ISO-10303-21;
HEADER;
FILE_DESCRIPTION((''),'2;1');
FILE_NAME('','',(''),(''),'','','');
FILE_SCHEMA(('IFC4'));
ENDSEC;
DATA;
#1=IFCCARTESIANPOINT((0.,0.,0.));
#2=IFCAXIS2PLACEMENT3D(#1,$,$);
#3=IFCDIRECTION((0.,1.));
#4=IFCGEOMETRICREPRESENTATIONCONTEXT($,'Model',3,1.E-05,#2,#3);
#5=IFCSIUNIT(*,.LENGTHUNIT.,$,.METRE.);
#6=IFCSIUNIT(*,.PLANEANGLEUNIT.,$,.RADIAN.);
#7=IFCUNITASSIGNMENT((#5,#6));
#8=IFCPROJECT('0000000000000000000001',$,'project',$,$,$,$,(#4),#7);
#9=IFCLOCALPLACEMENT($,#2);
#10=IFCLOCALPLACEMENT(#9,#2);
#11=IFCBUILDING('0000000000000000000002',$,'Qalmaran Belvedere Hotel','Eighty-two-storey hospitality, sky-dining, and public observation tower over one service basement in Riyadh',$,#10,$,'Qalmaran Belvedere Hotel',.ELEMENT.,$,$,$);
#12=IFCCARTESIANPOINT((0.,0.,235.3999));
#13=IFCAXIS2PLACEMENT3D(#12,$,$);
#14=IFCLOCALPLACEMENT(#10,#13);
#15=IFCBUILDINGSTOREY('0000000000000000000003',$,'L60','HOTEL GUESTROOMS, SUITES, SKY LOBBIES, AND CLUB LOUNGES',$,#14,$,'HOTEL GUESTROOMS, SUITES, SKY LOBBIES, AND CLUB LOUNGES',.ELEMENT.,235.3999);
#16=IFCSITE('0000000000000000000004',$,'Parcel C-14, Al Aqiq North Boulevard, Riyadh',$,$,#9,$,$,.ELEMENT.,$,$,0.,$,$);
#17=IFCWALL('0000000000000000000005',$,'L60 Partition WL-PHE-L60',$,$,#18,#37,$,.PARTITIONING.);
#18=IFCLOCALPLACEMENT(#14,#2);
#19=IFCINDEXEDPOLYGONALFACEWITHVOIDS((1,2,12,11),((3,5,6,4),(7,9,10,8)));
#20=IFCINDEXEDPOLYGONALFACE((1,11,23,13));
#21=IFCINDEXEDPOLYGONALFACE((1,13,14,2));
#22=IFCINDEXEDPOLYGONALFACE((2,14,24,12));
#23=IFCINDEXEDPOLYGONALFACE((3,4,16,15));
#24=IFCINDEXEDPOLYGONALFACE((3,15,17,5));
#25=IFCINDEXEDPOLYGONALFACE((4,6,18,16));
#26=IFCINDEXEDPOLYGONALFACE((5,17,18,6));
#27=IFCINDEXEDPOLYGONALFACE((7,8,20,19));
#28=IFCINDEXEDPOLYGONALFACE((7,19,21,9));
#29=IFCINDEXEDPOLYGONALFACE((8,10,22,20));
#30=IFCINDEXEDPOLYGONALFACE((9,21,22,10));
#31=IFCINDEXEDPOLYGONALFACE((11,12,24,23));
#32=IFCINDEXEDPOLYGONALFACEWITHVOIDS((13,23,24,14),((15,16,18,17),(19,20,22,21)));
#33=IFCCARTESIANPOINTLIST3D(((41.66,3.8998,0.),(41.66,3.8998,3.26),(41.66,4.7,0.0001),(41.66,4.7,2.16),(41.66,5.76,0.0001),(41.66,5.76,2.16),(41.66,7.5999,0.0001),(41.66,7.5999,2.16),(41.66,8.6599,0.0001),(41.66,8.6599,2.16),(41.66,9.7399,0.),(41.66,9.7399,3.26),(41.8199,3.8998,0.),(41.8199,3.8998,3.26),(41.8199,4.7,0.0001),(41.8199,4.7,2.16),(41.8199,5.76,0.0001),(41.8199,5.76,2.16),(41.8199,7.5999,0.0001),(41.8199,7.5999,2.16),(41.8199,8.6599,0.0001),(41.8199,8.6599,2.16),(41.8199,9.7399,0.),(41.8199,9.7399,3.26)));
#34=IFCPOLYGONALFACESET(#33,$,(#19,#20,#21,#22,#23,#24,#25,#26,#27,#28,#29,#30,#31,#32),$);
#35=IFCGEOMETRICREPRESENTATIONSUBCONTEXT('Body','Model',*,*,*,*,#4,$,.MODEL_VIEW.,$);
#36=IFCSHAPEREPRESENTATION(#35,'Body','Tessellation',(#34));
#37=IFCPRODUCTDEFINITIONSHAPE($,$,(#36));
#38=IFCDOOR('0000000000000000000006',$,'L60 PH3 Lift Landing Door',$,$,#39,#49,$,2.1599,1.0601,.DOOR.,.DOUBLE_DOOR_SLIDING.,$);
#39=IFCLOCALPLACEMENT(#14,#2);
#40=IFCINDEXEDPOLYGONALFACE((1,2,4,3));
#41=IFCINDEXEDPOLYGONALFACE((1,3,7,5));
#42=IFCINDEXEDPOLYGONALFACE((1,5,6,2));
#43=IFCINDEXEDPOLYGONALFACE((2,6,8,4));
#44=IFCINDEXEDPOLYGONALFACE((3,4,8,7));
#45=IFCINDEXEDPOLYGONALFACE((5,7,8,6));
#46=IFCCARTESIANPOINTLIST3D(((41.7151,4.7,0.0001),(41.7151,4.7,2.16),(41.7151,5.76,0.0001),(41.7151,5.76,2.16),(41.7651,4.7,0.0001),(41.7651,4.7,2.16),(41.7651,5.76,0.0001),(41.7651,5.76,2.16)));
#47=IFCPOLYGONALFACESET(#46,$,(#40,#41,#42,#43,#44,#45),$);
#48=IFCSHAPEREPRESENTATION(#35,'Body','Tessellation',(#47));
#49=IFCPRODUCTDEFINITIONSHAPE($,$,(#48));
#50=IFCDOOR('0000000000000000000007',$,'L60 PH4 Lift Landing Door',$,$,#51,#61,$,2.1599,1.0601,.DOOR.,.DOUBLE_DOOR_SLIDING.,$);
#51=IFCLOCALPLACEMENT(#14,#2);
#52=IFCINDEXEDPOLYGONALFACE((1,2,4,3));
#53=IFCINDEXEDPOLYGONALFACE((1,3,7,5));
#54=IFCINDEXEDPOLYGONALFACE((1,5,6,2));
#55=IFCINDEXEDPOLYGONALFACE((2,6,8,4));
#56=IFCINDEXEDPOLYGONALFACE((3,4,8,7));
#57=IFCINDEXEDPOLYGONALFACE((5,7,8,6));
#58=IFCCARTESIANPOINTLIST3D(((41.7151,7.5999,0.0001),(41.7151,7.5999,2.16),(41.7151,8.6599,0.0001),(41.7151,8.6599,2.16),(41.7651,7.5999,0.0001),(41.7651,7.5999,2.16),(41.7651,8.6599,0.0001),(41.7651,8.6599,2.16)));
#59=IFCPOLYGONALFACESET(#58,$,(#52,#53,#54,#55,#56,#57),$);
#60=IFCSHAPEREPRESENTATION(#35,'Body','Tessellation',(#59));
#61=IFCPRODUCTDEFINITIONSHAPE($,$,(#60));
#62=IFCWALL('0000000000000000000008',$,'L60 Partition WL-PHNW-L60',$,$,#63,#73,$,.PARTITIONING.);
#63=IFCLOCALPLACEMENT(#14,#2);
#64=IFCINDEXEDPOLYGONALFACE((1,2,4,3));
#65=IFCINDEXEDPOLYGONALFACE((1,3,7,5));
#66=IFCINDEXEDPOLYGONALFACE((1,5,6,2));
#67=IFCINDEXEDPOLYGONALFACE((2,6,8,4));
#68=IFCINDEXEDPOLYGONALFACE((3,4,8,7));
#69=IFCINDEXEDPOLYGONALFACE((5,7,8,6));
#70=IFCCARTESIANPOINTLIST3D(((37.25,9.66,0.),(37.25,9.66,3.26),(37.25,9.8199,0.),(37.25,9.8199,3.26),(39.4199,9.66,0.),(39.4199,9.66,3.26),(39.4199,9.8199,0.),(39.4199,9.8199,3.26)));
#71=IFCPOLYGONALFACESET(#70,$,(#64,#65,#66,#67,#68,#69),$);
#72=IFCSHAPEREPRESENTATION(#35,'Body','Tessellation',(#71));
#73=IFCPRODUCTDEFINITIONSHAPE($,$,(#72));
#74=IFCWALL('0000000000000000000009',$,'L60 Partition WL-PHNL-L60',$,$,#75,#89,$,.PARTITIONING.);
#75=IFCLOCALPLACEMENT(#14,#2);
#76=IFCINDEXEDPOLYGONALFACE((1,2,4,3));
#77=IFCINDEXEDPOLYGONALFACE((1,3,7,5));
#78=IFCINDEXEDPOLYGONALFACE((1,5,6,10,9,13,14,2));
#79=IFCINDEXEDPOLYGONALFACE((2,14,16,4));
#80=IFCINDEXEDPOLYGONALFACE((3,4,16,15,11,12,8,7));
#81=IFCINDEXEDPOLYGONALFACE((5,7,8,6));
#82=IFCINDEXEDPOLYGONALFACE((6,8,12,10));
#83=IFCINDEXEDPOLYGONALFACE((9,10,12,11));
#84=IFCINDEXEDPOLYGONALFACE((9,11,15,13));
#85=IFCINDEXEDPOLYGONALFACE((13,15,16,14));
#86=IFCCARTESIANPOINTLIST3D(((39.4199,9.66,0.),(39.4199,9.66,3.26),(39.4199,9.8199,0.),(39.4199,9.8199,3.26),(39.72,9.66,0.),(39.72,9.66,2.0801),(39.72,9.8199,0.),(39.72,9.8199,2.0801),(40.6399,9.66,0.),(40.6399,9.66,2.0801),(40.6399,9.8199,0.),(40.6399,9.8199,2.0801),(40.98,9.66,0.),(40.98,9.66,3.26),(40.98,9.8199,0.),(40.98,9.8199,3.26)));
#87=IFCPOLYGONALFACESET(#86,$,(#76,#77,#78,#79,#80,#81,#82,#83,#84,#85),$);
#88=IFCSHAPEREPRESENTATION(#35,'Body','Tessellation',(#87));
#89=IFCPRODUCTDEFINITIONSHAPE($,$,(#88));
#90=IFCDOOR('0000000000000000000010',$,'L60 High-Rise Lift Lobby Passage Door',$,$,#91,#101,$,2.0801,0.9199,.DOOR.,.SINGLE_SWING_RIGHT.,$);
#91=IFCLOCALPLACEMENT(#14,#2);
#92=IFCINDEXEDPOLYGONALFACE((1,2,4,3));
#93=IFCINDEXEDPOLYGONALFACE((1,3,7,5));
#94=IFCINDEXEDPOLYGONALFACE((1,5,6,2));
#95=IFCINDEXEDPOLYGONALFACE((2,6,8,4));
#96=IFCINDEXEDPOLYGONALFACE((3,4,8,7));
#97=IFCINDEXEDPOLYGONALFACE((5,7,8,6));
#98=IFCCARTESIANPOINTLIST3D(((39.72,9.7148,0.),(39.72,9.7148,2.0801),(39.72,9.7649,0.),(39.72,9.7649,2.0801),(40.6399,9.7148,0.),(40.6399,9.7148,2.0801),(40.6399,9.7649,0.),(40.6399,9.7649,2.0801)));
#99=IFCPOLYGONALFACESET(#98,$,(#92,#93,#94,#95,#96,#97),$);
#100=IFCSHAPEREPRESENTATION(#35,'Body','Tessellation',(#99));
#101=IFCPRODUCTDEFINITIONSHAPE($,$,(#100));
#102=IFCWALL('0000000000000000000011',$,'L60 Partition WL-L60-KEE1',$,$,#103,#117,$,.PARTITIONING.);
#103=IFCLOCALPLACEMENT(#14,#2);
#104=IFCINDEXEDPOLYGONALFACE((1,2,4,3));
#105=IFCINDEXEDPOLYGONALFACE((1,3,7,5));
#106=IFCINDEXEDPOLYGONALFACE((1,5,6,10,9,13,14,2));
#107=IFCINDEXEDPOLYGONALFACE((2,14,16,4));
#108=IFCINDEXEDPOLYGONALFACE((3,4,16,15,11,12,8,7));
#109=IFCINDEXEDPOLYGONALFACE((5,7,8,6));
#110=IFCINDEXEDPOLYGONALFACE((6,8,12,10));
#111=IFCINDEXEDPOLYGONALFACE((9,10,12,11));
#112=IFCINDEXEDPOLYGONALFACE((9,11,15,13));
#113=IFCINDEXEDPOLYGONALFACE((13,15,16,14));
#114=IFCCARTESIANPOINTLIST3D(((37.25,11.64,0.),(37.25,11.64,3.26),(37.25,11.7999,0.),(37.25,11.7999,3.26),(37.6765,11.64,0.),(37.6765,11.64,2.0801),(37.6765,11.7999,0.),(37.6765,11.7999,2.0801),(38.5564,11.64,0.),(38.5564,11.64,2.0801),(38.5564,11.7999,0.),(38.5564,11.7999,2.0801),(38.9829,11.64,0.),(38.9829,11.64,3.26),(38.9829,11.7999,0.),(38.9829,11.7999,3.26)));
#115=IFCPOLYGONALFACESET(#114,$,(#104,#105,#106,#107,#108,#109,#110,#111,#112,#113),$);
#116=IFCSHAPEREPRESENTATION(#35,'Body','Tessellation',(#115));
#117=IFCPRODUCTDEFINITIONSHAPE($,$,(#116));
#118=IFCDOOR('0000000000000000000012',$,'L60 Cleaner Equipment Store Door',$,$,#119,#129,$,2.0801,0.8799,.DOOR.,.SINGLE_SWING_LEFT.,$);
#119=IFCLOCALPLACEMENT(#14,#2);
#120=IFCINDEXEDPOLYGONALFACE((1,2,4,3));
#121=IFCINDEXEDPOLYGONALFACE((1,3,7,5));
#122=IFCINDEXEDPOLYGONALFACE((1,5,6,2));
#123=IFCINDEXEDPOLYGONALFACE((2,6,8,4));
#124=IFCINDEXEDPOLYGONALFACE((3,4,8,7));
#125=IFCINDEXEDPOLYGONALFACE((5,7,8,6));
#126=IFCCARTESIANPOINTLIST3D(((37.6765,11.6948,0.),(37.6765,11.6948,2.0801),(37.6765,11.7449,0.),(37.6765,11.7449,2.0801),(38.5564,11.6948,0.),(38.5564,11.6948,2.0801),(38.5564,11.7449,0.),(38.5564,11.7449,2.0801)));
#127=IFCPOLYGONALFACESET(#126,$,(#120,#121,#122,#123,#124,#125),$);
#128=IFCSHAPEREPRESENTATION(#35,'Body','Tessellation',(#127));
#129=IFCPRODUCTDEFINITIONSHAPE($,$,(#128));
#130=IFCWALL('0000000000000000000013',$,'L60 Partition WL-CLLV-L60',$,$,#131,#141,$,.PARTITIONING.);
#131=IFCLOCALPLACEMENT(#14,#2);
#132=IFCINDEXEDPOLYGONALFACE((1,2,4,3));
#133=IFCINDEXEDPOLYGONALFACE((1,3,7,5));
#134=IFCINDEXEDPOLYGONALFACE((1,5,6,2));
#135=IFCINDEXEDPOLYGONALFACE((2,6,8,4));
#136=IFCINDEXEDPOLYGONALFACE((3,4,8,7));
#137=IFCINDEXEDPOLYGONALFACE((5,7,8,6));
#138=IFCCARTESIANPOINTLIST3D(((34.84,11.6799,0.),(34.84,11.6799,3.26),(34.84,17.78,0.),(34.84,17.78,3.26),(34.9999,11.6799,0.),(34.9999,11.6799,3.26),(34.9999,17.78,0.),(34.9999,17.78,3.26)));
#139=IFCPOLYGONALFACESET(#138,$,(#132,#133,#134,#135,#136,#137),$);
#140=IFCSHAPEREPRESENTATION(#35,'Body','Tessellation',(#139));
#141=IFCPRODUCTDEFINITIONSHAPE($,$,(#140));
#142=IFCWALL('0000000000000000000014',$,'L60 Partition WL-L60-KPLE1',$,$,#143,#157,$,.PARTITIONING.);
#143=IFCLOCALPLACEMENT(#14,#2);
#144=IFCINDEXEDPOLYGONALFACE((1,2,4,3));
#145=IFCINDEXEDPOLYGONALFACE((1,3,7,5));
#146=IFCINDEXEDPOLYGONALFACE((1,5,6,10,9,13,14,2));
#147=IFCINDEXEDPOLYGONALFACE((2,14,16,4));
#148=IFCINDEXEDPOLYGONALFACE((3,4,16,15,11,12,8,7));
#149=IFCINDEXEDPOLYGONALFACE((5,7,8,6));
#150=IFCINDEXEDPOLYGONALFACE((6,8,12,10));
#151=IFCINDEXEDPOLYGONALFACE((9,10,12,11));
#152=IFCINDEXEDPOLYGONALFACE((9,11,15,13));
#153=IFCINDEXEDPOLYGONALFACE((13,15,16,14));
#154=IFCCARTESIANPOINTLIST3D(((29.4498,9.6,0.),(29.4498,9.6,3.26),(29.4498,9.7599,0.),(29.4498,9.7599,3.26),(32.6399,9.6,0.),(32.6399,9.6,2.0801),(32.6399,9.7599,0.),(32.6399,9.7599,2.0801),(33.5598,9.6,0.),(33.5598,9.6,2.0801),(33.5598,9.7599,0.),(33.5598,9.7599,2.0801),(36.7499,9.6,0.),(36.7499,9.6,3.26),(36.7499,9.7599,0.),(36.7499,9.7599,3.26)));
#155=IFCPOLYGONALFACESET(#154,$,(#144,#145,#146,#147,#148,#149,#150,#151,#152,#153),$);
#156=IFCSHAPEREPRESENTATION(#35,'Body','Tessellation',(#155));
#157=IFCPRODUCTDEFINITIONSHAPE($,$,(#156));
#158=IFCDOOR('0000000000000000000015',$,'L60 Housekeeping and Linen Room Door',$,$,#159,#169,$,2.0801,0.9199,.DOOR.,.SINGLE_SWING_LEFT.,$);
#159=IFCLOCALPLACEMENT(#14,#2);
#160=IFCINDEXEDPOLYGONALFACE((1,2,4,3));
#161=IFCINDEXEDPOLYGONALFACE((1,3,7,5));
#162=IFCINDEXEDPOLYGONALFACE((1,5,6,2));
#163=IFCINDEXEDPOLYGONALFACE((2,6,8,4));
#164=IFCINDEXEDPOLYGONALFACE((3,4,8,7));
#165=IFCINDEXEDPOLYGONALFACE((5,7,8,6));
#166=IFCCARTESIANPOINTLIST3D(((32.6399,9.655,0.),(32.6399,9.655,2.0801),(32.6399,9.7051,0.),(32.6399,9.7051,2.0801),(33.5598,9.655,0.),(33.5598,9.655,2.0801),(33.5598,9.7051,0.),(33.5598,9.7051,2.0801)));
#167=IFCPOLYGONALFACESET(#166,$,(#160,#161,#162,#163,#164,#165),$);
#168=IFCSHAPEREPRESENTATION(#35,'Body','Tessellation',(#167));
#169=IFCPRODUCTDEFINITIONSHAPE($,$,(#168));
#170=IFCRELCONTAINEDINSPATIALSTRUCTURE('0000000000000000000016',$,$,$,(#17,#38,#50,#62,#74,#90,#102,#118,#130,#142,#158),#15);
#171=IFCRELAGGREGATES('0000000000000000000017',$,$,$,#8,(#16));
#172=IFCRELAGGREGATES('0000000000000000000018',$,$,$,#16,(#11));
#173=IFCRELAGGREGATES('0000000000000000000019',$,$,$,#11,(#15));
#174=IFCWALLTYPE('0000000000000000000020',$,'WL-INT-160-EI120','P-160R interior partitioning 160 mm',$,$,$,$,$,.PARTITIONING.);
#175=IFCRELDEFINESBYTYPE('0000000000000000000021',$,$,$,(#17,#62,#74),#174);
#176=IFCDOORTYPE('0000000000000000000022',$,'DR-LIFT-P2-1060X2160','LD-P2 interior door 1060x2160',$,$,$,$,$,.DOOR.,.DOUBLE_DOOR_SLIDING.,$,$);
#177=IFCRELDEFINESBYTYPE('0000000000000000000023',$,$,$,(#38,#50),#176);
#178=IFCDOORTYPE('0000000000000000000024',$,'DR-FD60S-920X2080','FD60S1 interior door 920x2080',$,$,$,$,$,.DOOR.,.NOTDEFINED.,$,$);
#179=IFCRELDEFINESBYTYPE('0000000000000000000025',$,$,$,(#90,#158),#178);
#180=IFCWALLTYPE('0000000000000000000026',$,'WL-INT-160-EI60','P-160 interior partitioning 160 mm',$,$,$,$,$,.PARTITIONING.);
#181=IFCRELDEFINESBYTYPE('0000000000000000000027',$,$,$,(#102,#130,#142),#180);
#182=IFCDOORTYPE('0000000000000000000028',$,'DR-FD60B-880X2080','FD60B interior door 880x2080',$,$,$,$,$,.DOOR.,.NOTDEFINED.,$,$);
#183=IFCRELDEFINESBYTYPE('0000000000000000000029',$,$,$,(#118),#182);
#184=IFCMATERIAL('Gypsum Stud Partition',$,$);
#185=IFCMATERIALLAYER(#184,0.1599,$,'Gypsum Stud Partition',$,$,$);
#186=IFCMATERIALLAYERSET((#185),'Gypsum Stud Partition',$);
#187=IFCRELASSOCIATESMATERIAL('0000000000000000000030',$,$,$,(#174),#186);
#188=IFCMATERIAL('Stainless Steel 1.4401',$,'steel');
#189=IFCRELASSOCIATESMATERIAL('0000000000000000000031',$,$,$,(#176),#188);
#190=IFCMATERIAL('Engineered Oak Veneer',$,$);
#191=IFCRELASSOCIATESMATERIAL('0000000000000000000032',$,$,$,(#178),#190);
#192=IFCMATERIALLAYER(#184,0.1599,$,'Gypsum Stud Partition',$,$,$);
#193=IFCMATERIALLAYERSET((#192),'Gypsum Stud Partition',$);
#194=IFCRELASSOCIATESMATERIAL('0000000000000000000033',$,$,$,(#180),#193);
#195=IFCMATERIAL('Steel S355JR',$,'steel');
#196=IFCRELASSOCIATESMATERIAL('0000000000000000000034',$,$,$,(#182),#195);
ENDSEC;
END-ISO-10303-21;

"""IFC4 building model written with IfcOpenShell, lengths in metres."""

from ifc_helpers import new_model, si_unit, direction, frame, frame_2d, origin, place, context, subcontext, project, spatial, rectangle, extrude, material, layer, layer_set, type_object, element, fill, save


model = new_model("IFC4")

# Units and contexts
model_context = context("Model", 3, precision=1e-05, world=origin(), true_north=direction((0.0, 1.0)))
body_context = subcontext(model_context, "Body", "Model", "MODEL_VIEW")
ifc_project = project(units=[si_unit("LENGTHUNIT", "METRE"), si_unit("PLANEANGLEUNIT", "RADIAN")], contexts=[model_context])

# Site, building, storey
site_placement = place(None, origin())
site = spatial("IfcSite", under=ifc_project, at=site_placement, Name="Parcel C-14, Al Aqiq North Boulevard, Riyadh", CompositionType="ELEMENT", RefElevation=0.0)
building_placement = place(site_placement, origin())
building = spatial("IfcBuilding", under=site, at=building_placement, Name="Qalmaran Belvedere Hotel", Description="Eighty-two-storey hospitality, sky-dining, and public observation tower over one service basement in Riyadh", LongName="Qalmaran Belvedere Hotel", CompositionType="ELEMENT")
storey_placement = place(building_placement, frame((0.0, 0.0, 235.3999)))
storey = spatial("IfcBuildingStorey", under=building, at=storey_placement, Name="L60", Description="HOTEL GUESTROOMS, SUITES, SKY LOBBIES, AND CLUB LOUNGES", LongName="HOTEL GUESTROOMS, SUITES, SKY LOBBIES, AND CLUB LOUNGES", CompositionType="ELEMENT", Elevation=235.3999)

# Shared definitions
ifc_material_1 = material(Name="Steel S355JR", Category="steel")

# Shared definitions
ifc_material_2 = material(Name="Gypsum Stud Partition")

# Wall, openings, doors
ifc_layer_1 = layer(ifc_material_2, 0.1599, Name="Gypsum Stud Partition")
ifc_layer_set_1 = layer_set([ifc_layer_1], Name="Gypsum Stud Partition")
wall_type_1 = type_object("IfcWallType", Name="WL-INT-160-EI120", Description="P-160R interior partitioning 160 mm", PredefinedType="PARTITIONING", material=ifc_layer_set_1)
ifc_material_3 = material(Name="Stainless Steel 1.4401", Category="steel")
door_type_1 = type_object("IfcDoorType", Name="DR-LIFT-P2-1060X2160", Description="LD-P2 interior door 1060x2160", OperationType="DOUBLE_DOOR_SLIDING", PredefinedType="DOOR", material=ifc_material_3)
wall_1_placement = place(storey_placement, frame((41.74, 3.8999, 0.0), z_axis=(0.0, 0.0, 1.0), x_axis=(0.0, 1.0, 0.0)))
wall_1 = element("IfcWall", 1, at=wall_1_placement, inside=storey, type_object=wall_type_1, Name="L60 Partition WL-PHE-L60", PredefinedType="PARTITIONING", context=body_context, shape_type="SweptSolid", body=[
    extrude(rectangle(XDim=5.8401, YDim=0.1599, at=frame_2d((2.9199, 0.0))), origin(), (0.0, 0.0, 1.0), 3.26),
])
opening_1_placement = place(wall_1_placement, frame((0.8, 0.0, 0.0)))
opening_1 = element("IfcOpeningElement", 2, at=opening_1_placement, cuts=wall_1, PredefinedType="OPENING", context=body_context, shape_type="SweptSolid", body=[
    extrude(rectangle(XDim=1.0601, YDim=2.1599, at=frame_2d((0.53, 1.0801))), frame((0.0, 0.0898, 0.0), z_axis=(0.0, -1.0, 0.0), x_axis=(1.0, 0.0, 0.0)), (0.0, 0.0, 1.0), 0.1799),
])
opening_2_placement = place(wall_1_placement, frame((3.7, 0.0, 0.0)))
opening_2 = element("IfcOpeningElement", 3, at=opening_2_placement, cuts=wall_1, PredefinedType="OPENING", context=body_context, shape_type="SweptSolid", body=[
    extrude(rectangle(XDim=1.0601, YDim=2.1599, at=frame_2d((0.53, 1.0801))), frame((0.0, 0.0898, 0.0), z_axis=(0.0, -1.0, 0.0), x_axis=(1.0, 0.0, 0.0)), (0.0, 0.0, 1.0), 0.1799),
])
door_1_placement = place(opening_1_placement, origin())
door_1 = element("IfcDoor", 4, at=door_1_placement, inside=storey, type_object=door_type_1, Name="L60 PH3 Lift Landing Door", OperationType="DOUBLE_DOOR_SLIDING", OverallHeight=2.1599, OverallWidth=1.0601, PredefinedType="DOOR", context=body_context, shape_type="SweptSolid", body=[
    extrude(rectangle(XDim=1.0601, YDim=2.1599, at=frame_2d((0.53, 1.0801))), frame((0.0, 0.0249, 0.0), z_axis=(0.0, -1.0, 0.0), x_axis=(1.0, 0.0, 0.0)), (0.0, 0.0, 1.0), 0.05),
])
fill(opening_1, door_1)
door_2_placement = place(opening_2_placement, origin())
door_2 = element("IfcDoor", 5, at=door_2_placement, inside=storey, type_object=door_type_1, Name="L60 PH4 Lift Landing Door", OperationType="DOUBLE_DOOR_SLIDING", OverallHeight=2.1599, OverallWidth=1.0601, PredefinedType="DOOR", context=body_context, shape_type="SweptSolid", body=[
    extrude(rectangle(XDim=1.0601, YDim=2.1599, at=frame_2d((0.53, 1.0801))), frame((0.0, 0.0249, 0.0), z_axis=(0.0, -1.0, 0.0), x_axis=(1.0, 0.0, 0.0)), (0.0, 0.0, 1.0), 0.05),
])
fill(opening_2, door_2)

# Wall
wall_2_placement = place(storey_placement, frame((37.25, 9.74, 0.0), z_axis=(0.0, 0.0, 1.0), x_axis=(1.0, 0.0, 0.0)))
element("IfcWall", 6, at=wall_2_placement, inside=storey, type_object=wall_type_1, Name="L60 Partition WL-PHNW-L60", PredefinedType="PARTITIONING", context=body_context, shape_type="SweptSolid", body=[
    extrude(rectangle(XDim=2.1699, YDim=0.1599, at=frame_2d((1.085, 0.0))), origin(), (0.0, 0.0, 1.0), 3.26),
])

# Walls, openings, doors
wall_3_placement = place(storey_placement, frame((39.4199, 9.74, 0.0), z_axis=(0.0, 0.0, 1.0), x_axis=(1.0, 0.0, 0.0)))
wall_3 = element("IfcWall", 7, at=wall_3_placement, inside=storey, type_object=wall_type_1, Name="L60 Partition WL-PHNL-L60", PredefinedType="PARTITIONING", context=body_context, shape_type="SweptSolid", body=[
    extrude(rectangle(XDim=1.5601, YDim=0.1599, at=frame_2d((0.78, 0.0))), origin(), (0.0, 0.0, 1.0), 3.26),
])
opening_3_placement = place(wall_3_placement, frame((0.3, 0.0, 0.0)))
opening_3 = element("IfcOpeningElement", 8, at=opening_3_placement, cuts=wall_3, PredefinedType="OPENING", context=body_context, shape_type="SweptSolid", body=[
    extrude(rectangle(XDim=0.9199, YDim=2.0801, at=frame_2d((0.46, 1.04))), frame((0.0, 0.0898, 0.0), z_axis=(0.0, -1.0, 0.0), x_axis=(1.0, 0.0, 0.0)), (0.0, 0.0, 1.0), 0.1799),
])
ifc_material_4 = material(Name="Engineered Oak Veneer")
door_type_2 = type_object("IfcDoorType", Name="DR-FD60S-920X2080", Description="FD60S1 interior door 920x2080", OperationType="NOTDEFINED", PredefinedType="DOOR", material=ifc_material_4)
door_3_placement = place(opening_3_placement, origin())
door_3 = element("IfcDoor", 9, at=door_3_placement, inside=storey, type_object=door_type_2, Name="L60 High-Rise Lift Lobby Passage Door", OperationType="SINGLE_SWING_RIGHT", OverallHeight=2.0801, OverallWidth=0.9199, PredefinedType="DOOR", context=body_context, shape_type="SweptSolid", body=[
    extrude(rectangle(XDim=0.9199, YDim=2.0801, at=frame_2d((0.46, 1.04))), frame((0.0, 0.0249, 0.0), z_axis=(0.0, -1.0, 0.0), x_axis=(1.0, 0.0, 0.0)), (0.0, 0.0, 1.0), 0.05),
])
fill(opening_3, door_3)
ifc_layer_2 = layer(ifc_material_2, 0.1599, Name="Gypsum Stud Partition")
ifc_layer_set_2 = layer_set([ifc_layer_2], Name="Gypsum Stud Partition")
wall_type_2 = type_object("IfcWallType", Name="WL-INT-160-EI60", Description="P-160 interior partitioning 160 mm", PredefinedType="PARTITIONING", material=ifc_layer_set_2)
wall_4_placement = place(storey_placement, frame((37.25, 11.72, 0.0), z_axis=(0.0, 0.0, 1.0), x_axis=(1.0, 0.0, 0.0)))
wall_4 = element("IfcWall", 10, at=wall_4_placement, inside=storey, type_object=wall_type_2, Name="L60 Partition WL-L60-KEE1", PredefinedType="PARTITIONING", context=body_context, shape_type="SweptSolid", body=[
    extrude(rectangle(XDim=1.7329, YDim=0.1599, at=frame_2d((0.8665, 0.0))), origin(), (0.0, 0.0, 1.0), 3.26),
])
opening_4_placement = place(wall_4_placement, frame((0.4265, 0.0, 0.0)))
opening_4 = element("IfcOpeningElement", 11, at=opening_4_placement, cuts=wall_4, PredefinedType="OPENING", context=body_context, shape_type="SweptSolid", body=[
    extrude(rectangle(XDim=0.8799, YDim=2.0801, at=frame_2d((0.4399, 1.04))), frame((0.0, 0.0898, 0.0), z_axis=(0.0, -1.0, 0.0), x_axis=(1.0, 0.0, 0.0)), (0.0, 0.0, 1.0), 0.1799),
])
door_type_3 = type_object("IfcDoorType", Name="DR-FD60B-880X2080", Description="FD60B interior door 880x2080", OperationType="NOTDEFINED", PredefinedType="DOOR", material=ifc_material_1)
door_4_placement = place(opening_4_placement, origin())
door_4 = element("IfcDoor", 12, at=door_4_placement, inside=storey, type_object=door_type_3, Name="L60 Cleaner Equipment Store Door", OperationType="SINGLE_SWING_LEFT", OverallHeight=2.0801, OverallWidth=0.8799, PredefinedType="DOOR", context=body_context, shape_type="SweptSolid", body=[
    extrude(rectangle(XDim=0.8799, YDim=2.0801, at=frame_2d((0.4399, 1.04))), frame((0.0, 0.0249, 0.0), z_axis=(0.0, -1.0, 0.0), x_axis=(1.0, 0.0, 0.0)), (0.0, 0.0, 1.0), 0.05),
])
fill(opening_4, door_4)

# Wall
wall_5_placement = place(storey_placement, frame((34.9199, 11.6799, 0.0), z_axis=(0.0, 0.0, 1.0), x_axis=(0.0, 1.0, 0.0)))
element("IfcWall", 13, at=wall_5_placement, inside=storey, type_object=wall_type_2, Name="L60 Partition WL-CLLV-L60", PredefinedType="PARTITIONING", context=body_context, shape_type="SweptSolid", body=[
    extrude(rectangle(XDim=6.1001, YDim=0.1599, at=frame_2d((3.05, 0.0))), origin(), (0.0, 0.0, 1.0), 3.26),
])

# Wall, opening, door
wall_6_placement = place(storey_placement, frame((29.45, 9.6799, 0.0), z_axis=(0.0, 0.0, 1.0), x_axis=(1.0, 0.0, 0.0)))
wall_6 = element("IfcWall", 14, at=wall_6_placement, inside=storey, type_object=wall_type_2, Name="L60 Partition WL-L60-KPLE1", PredefinedType="PARTITIONING", context=body_context, shape_type="SweptSolid", body=[
    extrude(rectangle(XDim=7.3, YDim=0.1599, at=frame_2d((3.6499, 0.0))), origin(), (0.0, 0.0, 1.0), 3.26),
])
opening_5_placement = place(wall_6_placement, frame((4.1099, 0.0, 0.0), z_axis=(0.0, 0.0, 1.0), x_axis=(-1.0, 0.0, 0.0)))
opening_5 = element("IfcOpeningElement", 15, at=opening_5_placement, cuts=wall_6, PredefinedType="OPENING", context=body_context, shape_type="SweptSolid", body=[
    extrude(rectangle(XDim=0.9199, YDim=2.0801, at=frame_2d((0.46, 1.04))), frame((0.0, 0.0898, 0.0), z_axis=(0.0, -1.0, 0.0), x_axis=(1.0, 0.0, 0.0)), (0.0, 0.0, 1.0), 0.1799),
])
door_5_placement = place(opening_5_placement, origin())
door_5 = element("IfcDoor", 16, at=door_5_placement, inside=storey, type_object=door_type_2, Name="L60 Housekeeping and Linen Room Door", OperationType="SINGLE_SWING_LEFT", OverallHeight=2.0801, OverallWidth=0.9199, PredefinedType="DOOR", context=body_context, shape_type="SweptSolid", body=[
    extrude(rectangle(XDim=0.9199, YDim=2.0801, at=frame_2d((0.46, 1.04))), frame((0.0, 0.0249, 0.0), z_axis=(0.0, -1.0, 0.0), x_axis=(1.0, 0.0, 0.0)), (0.0, 0.0, 1.0), 0.05),
])
fill(opening_5, door_5)

save(model, "model.ifc")
